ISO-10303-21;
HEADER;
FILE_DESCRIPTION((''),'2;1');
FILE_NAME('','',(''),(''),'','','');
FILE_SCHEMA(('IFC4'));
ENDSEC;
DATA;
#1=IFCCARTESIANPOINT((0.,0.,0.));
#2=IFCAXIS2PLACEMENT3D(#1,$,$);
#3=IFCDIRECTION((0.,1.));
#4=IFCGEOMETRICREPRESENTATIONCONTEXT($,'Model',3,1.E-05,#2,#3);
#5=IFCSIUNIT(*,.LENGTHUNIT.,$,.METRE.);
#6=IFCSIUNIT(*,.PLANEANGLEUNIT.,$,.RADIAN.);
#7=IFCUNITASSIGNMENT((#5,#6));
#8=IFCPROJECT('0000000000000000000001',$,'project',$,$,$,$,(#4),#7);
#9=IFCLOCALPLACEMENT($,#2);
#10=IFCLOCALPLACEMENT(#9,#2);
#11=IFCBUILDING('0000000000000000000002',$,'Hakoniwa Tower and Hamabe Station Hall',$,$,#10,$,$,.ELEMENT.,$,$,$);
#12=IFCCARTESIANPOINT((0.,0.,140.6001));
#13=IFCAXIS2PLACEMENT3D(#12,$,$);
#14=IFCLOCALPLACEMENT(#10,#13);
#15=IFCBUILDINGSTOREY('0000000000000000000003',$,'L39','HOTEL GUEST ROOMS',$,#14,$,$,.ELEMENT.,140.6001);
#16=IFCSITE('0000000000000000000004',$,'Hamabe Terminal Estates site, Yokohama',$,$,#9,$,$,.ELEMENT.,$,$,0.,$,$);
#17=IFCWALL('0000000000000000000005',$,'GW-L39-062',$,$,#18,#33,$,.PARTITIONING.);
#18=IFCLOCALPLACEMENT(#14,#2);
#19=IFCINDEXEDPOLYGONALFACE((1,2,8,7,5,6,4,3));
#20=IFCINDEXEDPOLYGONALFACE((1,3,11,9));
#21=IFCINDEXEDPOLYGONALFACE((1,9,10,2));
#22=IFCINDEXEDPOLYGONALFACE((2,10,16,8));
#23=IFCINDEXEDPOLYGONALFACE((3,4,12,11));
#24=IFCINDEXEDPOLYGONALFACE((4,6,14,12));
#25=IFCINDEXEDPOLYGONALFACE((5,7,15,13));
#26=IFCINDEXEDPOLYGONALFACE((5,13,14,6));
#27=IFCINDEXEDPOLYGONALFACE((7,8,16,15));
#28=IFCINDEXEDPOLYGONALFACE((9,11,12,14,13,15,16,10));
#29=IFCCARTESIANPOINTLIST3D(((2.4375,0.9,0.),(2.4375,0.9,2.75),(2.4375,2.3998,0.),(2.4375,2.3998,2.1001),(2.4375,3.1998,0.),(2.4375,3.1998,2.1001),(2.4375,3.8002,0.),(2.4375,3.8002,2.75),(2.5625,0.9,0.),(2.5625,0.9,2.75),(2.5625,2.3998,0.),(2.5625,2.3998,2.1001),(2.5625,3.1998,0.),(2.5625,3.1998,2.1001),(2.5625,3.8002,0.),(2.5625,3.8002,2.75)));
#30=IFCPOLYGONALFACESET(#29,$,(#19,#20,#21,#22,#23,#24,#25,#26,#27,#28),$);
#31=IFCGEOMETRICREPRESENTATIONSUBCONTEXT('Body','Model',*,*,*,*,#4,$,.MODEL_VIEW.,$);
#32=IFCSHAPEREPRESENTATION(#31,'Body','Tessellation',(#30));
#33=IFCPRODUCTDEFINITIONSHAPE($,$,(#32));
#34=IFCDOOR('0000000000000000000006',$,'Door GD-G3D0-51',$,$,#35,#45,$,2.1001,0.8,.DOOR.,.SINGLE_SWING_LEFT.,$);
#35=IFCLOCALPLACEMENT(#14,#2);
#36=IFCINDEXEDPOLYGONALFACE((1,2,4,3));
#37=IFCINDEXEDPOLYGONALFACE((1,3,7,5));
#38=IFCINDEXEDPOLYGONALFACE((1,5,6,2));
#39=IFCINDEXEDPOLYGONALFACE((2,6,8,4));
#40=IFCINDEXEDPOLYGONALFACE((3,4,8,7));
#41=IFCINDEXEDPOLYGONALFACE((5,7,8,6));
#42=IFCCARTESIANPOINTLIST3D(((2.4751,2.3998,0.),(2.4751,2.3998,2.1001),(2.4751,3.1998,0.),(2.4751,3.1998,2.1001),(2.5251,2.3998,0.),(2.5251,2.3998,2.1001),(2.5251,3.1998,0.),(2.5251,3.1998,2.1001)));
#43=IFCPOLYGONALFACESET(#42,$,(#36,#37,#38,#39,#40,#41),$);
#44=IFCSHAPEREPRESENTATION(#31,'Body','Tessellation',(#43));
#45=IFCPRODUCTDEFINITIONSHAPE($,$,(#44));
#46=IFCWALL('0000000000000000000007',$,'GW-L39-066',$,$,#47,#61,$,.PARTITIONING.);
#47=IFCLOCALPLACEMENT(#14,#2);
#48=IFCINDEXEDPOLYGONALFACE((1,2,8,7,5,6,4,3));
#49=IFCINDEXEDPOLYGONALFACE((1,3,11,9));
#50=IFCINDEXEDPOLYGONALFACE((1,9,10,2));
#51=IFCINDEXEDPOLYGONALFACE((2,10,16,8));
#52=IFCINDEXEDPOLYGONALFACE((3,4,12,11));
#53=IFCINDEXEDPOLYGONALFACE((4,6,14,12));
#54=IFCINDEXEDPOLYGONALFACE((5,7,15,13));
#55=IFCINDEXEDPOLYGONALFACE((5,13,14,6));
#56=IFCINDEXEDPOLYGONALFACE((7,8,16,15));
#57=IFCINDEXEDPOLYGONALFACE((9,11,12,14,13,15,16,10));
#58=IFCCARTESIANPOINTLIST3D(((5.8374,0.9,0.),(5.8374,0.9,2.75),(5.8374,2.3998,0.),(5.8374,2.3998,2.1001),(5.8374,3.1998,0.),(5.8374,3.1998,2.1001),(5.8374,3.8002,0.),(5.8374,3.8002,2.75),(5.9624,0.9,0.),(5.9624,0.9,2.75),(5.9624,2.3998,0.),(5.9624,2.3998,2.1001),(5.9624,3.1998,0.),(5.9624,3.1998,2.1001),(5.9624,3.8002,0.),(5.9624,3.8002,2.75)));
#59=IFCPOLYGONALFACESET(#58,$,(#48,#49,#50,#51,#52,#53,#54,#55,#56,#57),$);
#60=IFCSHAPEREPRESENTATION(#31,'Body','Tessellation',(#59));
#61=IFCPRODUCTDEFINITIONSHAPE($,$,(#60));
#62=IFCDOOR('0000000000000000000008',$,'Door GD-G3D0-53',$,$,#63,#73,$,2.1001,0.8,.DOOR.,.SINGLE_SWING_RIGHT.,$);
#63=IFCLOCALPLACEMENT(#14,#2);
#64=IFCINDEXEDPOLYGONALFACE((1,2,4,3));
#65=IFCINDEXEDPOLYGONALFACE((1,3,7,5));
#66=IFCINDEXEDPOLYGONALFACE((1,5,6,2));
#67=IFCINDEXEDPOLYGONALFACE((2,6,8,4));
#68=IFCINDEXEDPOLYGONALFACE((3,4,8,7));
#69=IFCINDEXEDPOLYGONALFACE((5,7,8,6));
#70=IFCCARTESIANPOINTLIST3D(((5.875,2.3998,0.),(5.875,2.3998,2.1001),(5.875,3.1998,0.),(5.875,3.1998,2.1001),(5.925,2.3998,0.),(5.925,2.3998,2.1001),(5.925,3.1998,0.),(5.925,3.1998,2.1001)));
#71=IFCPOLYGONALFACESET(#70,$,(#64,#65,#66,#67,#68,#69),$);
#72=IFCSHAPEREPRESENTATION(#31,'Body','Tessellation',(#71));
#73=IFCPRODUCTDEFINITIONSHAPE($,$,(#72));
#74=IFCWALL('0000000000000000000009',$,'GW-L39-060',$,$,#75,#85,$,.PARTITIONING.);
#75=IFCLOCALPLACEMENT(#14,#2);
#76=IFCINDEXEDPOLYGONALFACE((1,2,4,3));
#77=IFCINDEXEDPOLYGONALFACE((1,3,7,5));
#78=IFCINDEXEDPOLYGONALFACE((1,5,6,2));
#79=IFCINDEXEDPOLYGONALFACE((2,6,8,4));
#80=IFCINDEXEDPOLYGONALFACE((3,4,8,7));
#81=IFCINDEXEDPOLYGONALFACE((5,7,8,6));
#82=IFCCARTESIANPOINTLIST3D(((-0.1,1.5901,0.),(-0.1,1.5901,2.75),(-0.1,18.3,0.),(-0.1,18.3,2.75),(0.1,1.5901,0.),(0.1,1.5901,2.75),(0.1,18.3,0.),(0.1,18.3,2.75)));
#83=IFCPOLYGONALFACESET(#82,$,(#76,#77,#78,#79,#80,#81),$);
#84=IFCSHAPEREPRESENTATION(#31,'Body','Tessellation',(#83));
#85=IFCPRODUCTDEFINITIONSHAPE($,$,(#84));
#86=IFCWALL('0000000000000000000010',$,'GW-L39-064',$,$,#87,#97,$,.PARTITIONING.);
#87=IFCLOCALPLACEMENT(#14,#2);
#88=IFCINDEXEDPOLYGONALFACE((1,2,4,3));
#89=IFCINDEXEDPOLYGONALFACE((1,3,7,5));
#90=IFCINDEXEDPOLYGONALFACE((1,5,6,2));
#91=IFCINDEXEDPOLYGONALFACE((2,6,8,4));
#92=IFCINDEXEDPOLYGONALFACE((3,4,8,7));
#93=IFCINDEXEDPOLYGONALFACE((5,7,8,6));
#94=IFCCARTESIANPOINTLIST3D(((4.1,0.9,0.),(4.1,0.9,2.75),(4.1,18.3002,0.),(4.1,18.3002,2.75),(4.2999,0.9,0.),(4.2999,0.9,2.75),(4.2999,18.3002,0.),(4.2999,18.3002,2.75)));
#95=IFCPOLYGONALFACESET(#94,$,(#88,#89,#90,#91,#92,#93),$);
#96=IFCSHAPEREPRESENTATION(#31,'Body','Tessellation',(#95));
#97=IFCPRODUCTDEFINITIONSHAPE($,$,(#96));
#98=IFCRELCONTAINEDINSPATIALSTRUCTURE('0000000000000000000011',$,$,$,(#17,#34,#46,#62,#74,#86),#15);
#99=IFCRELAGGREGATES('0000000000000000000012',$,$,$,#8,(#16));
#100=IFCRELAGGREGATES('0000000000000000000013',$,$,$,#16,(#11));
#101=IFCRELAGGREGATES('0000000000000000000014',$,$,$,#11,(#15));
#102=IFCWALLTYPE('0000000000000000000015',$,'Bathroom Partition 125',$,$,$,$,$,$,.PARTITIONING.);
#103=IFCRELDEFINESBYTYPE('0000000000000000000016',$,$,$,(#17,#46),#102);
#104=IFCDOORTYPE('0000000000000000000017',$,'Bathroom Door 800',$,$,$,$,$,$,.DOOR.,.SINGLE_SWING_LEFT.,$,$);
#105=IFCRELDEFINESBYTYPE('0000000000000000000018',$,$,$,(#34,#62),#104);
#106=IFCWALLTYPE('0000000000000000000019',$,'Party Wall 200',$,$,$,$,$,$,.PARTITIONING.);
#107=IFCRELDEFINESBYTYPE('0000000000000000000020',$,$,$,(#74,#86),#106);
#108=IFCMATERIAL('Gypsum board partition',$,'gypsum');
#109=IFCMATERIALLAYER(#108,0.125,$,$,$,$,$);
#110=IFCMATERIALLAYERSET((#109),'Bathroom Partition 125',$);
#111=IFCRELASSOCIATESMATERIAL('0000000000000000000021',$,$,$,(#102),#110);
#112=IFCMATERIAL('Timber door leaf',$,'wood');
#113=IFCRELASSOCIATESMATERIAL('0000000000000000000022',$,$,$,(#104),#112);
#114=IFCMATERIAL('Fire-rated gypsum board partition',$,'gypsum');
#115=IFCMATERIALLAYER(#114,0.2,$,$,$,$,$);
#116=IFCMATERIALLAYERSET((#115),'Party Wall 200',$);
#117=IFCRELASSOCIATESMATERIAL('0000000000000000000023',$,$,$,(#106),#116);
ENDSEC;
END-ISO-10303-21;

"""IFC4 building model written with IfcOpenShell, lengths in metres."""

from ifc_helpers import new_model, si_unit, direction, frame, frame_2d, origin, place, context, subcontext, project, spatial, rectangle, extrude, material, layer, layer_set, type_object, element, fill, save


model = new_model("IFC4")

# Units and contexts
model_context = context("Model", 3, precision=1e-05, world=origin(), true_north=direction((0.0, 1.0)))
body_context = subcontext(model_context, "Body", "Model", "MODEL_VIEW")
ifc_project = project(units=[si_unit("LENGTHUNIT", "METRE"), si_unit("PLANEANGLEUNIT", "RADIAN")], contexts=[model_context])

# Site, building, storey
site_placement = place(None, origin())
site = spatial("IfcSite", under=ifc_project, at=site_placement, Name="Hamabe Terminal Estates site, Yokohama", CompositionType="ELEMENT", RefElevation=0.0)
building_placement = place(site_placement, origin())
building = spatial("IfcBuilding", under=site, at=building_placement, Name="Hakoniwa Tower and Hamabe Station Hall", CompositionType="ELEMENT")
storey_placement = place(building_placement, frame((0.0, 0.0, 140.6001)))
storey = spatial("IfcBuildingStorey", under=building, at=storey_placement, Name="L39", Description="HOTEL GUEST ROOMS", CompositionType="ELEMENT", Elevation=140.6001)

# Shared definitions
ifc_material_1 = material(Name="Gypsum board partition", Category="gypsum")
ifc_layer_1 = layer(ifc_material_1, 0.125)
ifc_layer_set_1 = layer_set([ifc_layer_1], Name="Bathroom Partition 125")
wall_type_1 = type_object("IfcWallType", Name="Bathroom Partition 125", PredefinedType="PARTITIONING", material=ifc_layer_set_1)

# Walls, openings, doors
wall_1_placement = place(storey_placement, frame((2.5, 0.8999, 0.0), z_axis=(0.0, 0.0, 1.0), x_axis=(0.0, 1.0, 0.0)))
wall_1 = element("IfcWall", 1, at=wall_1_placement, inside=storey, type_object=wall_type_1, Name="GW-L39-062", PredefinedType="PARTITIONING", context=body_context, shape_type="SweptSolid", body=[
    extrude(rectangle(XDim=2.9001, YDim=0.125, at=frame_2d((1.4502, 0.0))), origin(), (0.0, 0.0, 1.0), 2.75),
])
opening_1_placement = place(wall_1_placement, frame((1.5, 0.0, 0.0)))
opening_1 = element("IfcOpeningElement", 2, at=opening_1_placement, cuts=wall_1, PredefinedType="OPENING", context=body_context, shape_type="SweptSolid", body=[
    extrude(rectangle(XDim=0.8, YDim=2.1001, at=frame_2d((0.3999, 1.05))), frame((0.0, 0.0725, 0.0), z_axis=(0.0, -1.0, 0.0), x_axis=(1.0, 0.0, 0.0)), (0.0, 0.0, 1.0), 0.145),
])
ifc_material_2 = material(Name="Timber door leaf", Category="wood")
door_type = type_object("IfcDoorType", Name="Bathroom Door 800", OperationType="SINGLE_SWING_LEFT", PredefinedType="DOOR", material=ifc_material_2)
door_1_placement = place(opening_1_placement, origin())
door_1 = element("IfcDoor", 3, at=door_1_placement, inside=storey, type_object=door_type, Name="Door GD-G3D0-51", OperationType="SINGLE_SWING_LEFT", OverallHeight=2.1001, OverallWidth=0.8, PredefinedType="DOOR", context=body_context, shape_type="SweptSolid", body=[
    extrude(rectangle(XDim=0.8, YDim=2.1001, at=frame_2d((0.3999, 1.05))), frame((0.0, 0.0249, 0.0), z_axis=(0.0, -1.0, 0.0), x_axis=(1.0, 0.0, 0.0)), (0.0, 0.0, 1.0), 0.05),
])
fill(opening_1, door_1)
wall_2_placement = place(storey_placement, frame((5.8999, 0.8999, 0.0), z_axis=(0.0, 0.0, 1.0), x_axis=(0.0, 1.0, 0.0)))
wall_2 = element("IfcWall", 4, at=wall_2_placement, inside=storey, type_object=wall_type_1, Name="GW-L39-066", PredefinedType="PARTITIONING", context=body_context, shape_type="SweptSolid", body=[
    extrude(rectangle(XDim=2.9001, YDim=0.125, at=frame_2d((1.4502, 0.0))), origin(), (0.0, 0.0, 1.0), 2.75),
])
opening_2_placement = place(wall_2_placement, frame((1.5, 0.0, 0.0)))
opening_2 = element("IfcOpeningElement", 5, at=opening_2_placement, cuts=wall_2, PredefinedType="OPENING", context=body_context, shape_type="SweptSolid", body=[
    extrude(rectangle(XDim=0.8, YDim=2.1001, at=frame_2d((0.3999, 1.05))), frame((0.0, 0.0725, 0.0), z_axis=(0.0, -1.0, 0.0), x_axis=(1.0, 0.0, 0.0)), (0.0, 0.0, 1.0), 0.145),
])
door_2_placement = place(opening_2_placement, origin())
door_2 = element("IfcDoor", 6, at=door_2_placement, inside=storey, type_object=door_type, Name="Door GD-G3D0-53", OperationType="SINGLE_SWING_RIGHT", OverallHeight=2.1001, OverallWidth=0.8, PredefinedType="DOOR", context=body_context, shape_type="SweptSolid", body=[
    extrude(rectangle(XDim=0.8, YDim=2.1001, at=frame_2d((0.3999, 1.05))), frame((0.0, 0.0249, 0.0), z_axis=(0.0, -1.0, 0.0), x_axis=(1.0, 0.0, 0.0)), (0.0, 0.0, 1.0), 0.05),
])
fill(opening_2, door_2)

# Walls
ifc_material_3 = material(Name="Fire-rated gypsum board partition", Category="gypsum")
ifc_layer_2 = layer(ifc_material_3, 0.2)
ifc_layer_set_2 = layer_set([ifc_layer_2], Name="Party Wall 200")
wall_type_2 = type_object("IfcWallType", Name="Party Wall 200", PredefinedType="PARTITIONING", material=ifc_layer_set_2)
wall_3_placement = place(storey_placement, frame((0.0, 1.5901, 0.0), z_axis=(0.0, 0.0, 1.0), x_axis=(0.0, 1.0, 0.0)))
element("IfcWall", 7, at=wall_3_placement, inside=storey, type_object=wall_type_2, Name="GW-L39-060", PredefinedType="PARTITIONING", context=body_context, shape_type="SweptSolid", body=[
    extrude(rectangle(XDim=16.71, YDim=0.2, at=frame_2d((8.355, 0.0))), origin(), (0.0, 0.0, 1.0), 2.75),
])
wall_4_placement = place(storey_placement, frame((4.2, 0.8999, 0.0), z_axis=(0.0, 0.0, 1.0), x_axis=(0.0, 1.0, 0.0)))
element("IfcWall", 8, at=wall_4_placement, inside=storey, type_object=wall_type_2, Name="GW-L39-064", PredefinedType="PARTITIONING", context=body_context, shape_type="SweptSolid", body=[
    extrude(rectangle(XDim=17.4001, YDim=0.2, at=frame_2d((8.7002, 0.0))), origin(), (0.0, 0.0, 1.0), 2.75),
])

save(model, "model.ifc")
